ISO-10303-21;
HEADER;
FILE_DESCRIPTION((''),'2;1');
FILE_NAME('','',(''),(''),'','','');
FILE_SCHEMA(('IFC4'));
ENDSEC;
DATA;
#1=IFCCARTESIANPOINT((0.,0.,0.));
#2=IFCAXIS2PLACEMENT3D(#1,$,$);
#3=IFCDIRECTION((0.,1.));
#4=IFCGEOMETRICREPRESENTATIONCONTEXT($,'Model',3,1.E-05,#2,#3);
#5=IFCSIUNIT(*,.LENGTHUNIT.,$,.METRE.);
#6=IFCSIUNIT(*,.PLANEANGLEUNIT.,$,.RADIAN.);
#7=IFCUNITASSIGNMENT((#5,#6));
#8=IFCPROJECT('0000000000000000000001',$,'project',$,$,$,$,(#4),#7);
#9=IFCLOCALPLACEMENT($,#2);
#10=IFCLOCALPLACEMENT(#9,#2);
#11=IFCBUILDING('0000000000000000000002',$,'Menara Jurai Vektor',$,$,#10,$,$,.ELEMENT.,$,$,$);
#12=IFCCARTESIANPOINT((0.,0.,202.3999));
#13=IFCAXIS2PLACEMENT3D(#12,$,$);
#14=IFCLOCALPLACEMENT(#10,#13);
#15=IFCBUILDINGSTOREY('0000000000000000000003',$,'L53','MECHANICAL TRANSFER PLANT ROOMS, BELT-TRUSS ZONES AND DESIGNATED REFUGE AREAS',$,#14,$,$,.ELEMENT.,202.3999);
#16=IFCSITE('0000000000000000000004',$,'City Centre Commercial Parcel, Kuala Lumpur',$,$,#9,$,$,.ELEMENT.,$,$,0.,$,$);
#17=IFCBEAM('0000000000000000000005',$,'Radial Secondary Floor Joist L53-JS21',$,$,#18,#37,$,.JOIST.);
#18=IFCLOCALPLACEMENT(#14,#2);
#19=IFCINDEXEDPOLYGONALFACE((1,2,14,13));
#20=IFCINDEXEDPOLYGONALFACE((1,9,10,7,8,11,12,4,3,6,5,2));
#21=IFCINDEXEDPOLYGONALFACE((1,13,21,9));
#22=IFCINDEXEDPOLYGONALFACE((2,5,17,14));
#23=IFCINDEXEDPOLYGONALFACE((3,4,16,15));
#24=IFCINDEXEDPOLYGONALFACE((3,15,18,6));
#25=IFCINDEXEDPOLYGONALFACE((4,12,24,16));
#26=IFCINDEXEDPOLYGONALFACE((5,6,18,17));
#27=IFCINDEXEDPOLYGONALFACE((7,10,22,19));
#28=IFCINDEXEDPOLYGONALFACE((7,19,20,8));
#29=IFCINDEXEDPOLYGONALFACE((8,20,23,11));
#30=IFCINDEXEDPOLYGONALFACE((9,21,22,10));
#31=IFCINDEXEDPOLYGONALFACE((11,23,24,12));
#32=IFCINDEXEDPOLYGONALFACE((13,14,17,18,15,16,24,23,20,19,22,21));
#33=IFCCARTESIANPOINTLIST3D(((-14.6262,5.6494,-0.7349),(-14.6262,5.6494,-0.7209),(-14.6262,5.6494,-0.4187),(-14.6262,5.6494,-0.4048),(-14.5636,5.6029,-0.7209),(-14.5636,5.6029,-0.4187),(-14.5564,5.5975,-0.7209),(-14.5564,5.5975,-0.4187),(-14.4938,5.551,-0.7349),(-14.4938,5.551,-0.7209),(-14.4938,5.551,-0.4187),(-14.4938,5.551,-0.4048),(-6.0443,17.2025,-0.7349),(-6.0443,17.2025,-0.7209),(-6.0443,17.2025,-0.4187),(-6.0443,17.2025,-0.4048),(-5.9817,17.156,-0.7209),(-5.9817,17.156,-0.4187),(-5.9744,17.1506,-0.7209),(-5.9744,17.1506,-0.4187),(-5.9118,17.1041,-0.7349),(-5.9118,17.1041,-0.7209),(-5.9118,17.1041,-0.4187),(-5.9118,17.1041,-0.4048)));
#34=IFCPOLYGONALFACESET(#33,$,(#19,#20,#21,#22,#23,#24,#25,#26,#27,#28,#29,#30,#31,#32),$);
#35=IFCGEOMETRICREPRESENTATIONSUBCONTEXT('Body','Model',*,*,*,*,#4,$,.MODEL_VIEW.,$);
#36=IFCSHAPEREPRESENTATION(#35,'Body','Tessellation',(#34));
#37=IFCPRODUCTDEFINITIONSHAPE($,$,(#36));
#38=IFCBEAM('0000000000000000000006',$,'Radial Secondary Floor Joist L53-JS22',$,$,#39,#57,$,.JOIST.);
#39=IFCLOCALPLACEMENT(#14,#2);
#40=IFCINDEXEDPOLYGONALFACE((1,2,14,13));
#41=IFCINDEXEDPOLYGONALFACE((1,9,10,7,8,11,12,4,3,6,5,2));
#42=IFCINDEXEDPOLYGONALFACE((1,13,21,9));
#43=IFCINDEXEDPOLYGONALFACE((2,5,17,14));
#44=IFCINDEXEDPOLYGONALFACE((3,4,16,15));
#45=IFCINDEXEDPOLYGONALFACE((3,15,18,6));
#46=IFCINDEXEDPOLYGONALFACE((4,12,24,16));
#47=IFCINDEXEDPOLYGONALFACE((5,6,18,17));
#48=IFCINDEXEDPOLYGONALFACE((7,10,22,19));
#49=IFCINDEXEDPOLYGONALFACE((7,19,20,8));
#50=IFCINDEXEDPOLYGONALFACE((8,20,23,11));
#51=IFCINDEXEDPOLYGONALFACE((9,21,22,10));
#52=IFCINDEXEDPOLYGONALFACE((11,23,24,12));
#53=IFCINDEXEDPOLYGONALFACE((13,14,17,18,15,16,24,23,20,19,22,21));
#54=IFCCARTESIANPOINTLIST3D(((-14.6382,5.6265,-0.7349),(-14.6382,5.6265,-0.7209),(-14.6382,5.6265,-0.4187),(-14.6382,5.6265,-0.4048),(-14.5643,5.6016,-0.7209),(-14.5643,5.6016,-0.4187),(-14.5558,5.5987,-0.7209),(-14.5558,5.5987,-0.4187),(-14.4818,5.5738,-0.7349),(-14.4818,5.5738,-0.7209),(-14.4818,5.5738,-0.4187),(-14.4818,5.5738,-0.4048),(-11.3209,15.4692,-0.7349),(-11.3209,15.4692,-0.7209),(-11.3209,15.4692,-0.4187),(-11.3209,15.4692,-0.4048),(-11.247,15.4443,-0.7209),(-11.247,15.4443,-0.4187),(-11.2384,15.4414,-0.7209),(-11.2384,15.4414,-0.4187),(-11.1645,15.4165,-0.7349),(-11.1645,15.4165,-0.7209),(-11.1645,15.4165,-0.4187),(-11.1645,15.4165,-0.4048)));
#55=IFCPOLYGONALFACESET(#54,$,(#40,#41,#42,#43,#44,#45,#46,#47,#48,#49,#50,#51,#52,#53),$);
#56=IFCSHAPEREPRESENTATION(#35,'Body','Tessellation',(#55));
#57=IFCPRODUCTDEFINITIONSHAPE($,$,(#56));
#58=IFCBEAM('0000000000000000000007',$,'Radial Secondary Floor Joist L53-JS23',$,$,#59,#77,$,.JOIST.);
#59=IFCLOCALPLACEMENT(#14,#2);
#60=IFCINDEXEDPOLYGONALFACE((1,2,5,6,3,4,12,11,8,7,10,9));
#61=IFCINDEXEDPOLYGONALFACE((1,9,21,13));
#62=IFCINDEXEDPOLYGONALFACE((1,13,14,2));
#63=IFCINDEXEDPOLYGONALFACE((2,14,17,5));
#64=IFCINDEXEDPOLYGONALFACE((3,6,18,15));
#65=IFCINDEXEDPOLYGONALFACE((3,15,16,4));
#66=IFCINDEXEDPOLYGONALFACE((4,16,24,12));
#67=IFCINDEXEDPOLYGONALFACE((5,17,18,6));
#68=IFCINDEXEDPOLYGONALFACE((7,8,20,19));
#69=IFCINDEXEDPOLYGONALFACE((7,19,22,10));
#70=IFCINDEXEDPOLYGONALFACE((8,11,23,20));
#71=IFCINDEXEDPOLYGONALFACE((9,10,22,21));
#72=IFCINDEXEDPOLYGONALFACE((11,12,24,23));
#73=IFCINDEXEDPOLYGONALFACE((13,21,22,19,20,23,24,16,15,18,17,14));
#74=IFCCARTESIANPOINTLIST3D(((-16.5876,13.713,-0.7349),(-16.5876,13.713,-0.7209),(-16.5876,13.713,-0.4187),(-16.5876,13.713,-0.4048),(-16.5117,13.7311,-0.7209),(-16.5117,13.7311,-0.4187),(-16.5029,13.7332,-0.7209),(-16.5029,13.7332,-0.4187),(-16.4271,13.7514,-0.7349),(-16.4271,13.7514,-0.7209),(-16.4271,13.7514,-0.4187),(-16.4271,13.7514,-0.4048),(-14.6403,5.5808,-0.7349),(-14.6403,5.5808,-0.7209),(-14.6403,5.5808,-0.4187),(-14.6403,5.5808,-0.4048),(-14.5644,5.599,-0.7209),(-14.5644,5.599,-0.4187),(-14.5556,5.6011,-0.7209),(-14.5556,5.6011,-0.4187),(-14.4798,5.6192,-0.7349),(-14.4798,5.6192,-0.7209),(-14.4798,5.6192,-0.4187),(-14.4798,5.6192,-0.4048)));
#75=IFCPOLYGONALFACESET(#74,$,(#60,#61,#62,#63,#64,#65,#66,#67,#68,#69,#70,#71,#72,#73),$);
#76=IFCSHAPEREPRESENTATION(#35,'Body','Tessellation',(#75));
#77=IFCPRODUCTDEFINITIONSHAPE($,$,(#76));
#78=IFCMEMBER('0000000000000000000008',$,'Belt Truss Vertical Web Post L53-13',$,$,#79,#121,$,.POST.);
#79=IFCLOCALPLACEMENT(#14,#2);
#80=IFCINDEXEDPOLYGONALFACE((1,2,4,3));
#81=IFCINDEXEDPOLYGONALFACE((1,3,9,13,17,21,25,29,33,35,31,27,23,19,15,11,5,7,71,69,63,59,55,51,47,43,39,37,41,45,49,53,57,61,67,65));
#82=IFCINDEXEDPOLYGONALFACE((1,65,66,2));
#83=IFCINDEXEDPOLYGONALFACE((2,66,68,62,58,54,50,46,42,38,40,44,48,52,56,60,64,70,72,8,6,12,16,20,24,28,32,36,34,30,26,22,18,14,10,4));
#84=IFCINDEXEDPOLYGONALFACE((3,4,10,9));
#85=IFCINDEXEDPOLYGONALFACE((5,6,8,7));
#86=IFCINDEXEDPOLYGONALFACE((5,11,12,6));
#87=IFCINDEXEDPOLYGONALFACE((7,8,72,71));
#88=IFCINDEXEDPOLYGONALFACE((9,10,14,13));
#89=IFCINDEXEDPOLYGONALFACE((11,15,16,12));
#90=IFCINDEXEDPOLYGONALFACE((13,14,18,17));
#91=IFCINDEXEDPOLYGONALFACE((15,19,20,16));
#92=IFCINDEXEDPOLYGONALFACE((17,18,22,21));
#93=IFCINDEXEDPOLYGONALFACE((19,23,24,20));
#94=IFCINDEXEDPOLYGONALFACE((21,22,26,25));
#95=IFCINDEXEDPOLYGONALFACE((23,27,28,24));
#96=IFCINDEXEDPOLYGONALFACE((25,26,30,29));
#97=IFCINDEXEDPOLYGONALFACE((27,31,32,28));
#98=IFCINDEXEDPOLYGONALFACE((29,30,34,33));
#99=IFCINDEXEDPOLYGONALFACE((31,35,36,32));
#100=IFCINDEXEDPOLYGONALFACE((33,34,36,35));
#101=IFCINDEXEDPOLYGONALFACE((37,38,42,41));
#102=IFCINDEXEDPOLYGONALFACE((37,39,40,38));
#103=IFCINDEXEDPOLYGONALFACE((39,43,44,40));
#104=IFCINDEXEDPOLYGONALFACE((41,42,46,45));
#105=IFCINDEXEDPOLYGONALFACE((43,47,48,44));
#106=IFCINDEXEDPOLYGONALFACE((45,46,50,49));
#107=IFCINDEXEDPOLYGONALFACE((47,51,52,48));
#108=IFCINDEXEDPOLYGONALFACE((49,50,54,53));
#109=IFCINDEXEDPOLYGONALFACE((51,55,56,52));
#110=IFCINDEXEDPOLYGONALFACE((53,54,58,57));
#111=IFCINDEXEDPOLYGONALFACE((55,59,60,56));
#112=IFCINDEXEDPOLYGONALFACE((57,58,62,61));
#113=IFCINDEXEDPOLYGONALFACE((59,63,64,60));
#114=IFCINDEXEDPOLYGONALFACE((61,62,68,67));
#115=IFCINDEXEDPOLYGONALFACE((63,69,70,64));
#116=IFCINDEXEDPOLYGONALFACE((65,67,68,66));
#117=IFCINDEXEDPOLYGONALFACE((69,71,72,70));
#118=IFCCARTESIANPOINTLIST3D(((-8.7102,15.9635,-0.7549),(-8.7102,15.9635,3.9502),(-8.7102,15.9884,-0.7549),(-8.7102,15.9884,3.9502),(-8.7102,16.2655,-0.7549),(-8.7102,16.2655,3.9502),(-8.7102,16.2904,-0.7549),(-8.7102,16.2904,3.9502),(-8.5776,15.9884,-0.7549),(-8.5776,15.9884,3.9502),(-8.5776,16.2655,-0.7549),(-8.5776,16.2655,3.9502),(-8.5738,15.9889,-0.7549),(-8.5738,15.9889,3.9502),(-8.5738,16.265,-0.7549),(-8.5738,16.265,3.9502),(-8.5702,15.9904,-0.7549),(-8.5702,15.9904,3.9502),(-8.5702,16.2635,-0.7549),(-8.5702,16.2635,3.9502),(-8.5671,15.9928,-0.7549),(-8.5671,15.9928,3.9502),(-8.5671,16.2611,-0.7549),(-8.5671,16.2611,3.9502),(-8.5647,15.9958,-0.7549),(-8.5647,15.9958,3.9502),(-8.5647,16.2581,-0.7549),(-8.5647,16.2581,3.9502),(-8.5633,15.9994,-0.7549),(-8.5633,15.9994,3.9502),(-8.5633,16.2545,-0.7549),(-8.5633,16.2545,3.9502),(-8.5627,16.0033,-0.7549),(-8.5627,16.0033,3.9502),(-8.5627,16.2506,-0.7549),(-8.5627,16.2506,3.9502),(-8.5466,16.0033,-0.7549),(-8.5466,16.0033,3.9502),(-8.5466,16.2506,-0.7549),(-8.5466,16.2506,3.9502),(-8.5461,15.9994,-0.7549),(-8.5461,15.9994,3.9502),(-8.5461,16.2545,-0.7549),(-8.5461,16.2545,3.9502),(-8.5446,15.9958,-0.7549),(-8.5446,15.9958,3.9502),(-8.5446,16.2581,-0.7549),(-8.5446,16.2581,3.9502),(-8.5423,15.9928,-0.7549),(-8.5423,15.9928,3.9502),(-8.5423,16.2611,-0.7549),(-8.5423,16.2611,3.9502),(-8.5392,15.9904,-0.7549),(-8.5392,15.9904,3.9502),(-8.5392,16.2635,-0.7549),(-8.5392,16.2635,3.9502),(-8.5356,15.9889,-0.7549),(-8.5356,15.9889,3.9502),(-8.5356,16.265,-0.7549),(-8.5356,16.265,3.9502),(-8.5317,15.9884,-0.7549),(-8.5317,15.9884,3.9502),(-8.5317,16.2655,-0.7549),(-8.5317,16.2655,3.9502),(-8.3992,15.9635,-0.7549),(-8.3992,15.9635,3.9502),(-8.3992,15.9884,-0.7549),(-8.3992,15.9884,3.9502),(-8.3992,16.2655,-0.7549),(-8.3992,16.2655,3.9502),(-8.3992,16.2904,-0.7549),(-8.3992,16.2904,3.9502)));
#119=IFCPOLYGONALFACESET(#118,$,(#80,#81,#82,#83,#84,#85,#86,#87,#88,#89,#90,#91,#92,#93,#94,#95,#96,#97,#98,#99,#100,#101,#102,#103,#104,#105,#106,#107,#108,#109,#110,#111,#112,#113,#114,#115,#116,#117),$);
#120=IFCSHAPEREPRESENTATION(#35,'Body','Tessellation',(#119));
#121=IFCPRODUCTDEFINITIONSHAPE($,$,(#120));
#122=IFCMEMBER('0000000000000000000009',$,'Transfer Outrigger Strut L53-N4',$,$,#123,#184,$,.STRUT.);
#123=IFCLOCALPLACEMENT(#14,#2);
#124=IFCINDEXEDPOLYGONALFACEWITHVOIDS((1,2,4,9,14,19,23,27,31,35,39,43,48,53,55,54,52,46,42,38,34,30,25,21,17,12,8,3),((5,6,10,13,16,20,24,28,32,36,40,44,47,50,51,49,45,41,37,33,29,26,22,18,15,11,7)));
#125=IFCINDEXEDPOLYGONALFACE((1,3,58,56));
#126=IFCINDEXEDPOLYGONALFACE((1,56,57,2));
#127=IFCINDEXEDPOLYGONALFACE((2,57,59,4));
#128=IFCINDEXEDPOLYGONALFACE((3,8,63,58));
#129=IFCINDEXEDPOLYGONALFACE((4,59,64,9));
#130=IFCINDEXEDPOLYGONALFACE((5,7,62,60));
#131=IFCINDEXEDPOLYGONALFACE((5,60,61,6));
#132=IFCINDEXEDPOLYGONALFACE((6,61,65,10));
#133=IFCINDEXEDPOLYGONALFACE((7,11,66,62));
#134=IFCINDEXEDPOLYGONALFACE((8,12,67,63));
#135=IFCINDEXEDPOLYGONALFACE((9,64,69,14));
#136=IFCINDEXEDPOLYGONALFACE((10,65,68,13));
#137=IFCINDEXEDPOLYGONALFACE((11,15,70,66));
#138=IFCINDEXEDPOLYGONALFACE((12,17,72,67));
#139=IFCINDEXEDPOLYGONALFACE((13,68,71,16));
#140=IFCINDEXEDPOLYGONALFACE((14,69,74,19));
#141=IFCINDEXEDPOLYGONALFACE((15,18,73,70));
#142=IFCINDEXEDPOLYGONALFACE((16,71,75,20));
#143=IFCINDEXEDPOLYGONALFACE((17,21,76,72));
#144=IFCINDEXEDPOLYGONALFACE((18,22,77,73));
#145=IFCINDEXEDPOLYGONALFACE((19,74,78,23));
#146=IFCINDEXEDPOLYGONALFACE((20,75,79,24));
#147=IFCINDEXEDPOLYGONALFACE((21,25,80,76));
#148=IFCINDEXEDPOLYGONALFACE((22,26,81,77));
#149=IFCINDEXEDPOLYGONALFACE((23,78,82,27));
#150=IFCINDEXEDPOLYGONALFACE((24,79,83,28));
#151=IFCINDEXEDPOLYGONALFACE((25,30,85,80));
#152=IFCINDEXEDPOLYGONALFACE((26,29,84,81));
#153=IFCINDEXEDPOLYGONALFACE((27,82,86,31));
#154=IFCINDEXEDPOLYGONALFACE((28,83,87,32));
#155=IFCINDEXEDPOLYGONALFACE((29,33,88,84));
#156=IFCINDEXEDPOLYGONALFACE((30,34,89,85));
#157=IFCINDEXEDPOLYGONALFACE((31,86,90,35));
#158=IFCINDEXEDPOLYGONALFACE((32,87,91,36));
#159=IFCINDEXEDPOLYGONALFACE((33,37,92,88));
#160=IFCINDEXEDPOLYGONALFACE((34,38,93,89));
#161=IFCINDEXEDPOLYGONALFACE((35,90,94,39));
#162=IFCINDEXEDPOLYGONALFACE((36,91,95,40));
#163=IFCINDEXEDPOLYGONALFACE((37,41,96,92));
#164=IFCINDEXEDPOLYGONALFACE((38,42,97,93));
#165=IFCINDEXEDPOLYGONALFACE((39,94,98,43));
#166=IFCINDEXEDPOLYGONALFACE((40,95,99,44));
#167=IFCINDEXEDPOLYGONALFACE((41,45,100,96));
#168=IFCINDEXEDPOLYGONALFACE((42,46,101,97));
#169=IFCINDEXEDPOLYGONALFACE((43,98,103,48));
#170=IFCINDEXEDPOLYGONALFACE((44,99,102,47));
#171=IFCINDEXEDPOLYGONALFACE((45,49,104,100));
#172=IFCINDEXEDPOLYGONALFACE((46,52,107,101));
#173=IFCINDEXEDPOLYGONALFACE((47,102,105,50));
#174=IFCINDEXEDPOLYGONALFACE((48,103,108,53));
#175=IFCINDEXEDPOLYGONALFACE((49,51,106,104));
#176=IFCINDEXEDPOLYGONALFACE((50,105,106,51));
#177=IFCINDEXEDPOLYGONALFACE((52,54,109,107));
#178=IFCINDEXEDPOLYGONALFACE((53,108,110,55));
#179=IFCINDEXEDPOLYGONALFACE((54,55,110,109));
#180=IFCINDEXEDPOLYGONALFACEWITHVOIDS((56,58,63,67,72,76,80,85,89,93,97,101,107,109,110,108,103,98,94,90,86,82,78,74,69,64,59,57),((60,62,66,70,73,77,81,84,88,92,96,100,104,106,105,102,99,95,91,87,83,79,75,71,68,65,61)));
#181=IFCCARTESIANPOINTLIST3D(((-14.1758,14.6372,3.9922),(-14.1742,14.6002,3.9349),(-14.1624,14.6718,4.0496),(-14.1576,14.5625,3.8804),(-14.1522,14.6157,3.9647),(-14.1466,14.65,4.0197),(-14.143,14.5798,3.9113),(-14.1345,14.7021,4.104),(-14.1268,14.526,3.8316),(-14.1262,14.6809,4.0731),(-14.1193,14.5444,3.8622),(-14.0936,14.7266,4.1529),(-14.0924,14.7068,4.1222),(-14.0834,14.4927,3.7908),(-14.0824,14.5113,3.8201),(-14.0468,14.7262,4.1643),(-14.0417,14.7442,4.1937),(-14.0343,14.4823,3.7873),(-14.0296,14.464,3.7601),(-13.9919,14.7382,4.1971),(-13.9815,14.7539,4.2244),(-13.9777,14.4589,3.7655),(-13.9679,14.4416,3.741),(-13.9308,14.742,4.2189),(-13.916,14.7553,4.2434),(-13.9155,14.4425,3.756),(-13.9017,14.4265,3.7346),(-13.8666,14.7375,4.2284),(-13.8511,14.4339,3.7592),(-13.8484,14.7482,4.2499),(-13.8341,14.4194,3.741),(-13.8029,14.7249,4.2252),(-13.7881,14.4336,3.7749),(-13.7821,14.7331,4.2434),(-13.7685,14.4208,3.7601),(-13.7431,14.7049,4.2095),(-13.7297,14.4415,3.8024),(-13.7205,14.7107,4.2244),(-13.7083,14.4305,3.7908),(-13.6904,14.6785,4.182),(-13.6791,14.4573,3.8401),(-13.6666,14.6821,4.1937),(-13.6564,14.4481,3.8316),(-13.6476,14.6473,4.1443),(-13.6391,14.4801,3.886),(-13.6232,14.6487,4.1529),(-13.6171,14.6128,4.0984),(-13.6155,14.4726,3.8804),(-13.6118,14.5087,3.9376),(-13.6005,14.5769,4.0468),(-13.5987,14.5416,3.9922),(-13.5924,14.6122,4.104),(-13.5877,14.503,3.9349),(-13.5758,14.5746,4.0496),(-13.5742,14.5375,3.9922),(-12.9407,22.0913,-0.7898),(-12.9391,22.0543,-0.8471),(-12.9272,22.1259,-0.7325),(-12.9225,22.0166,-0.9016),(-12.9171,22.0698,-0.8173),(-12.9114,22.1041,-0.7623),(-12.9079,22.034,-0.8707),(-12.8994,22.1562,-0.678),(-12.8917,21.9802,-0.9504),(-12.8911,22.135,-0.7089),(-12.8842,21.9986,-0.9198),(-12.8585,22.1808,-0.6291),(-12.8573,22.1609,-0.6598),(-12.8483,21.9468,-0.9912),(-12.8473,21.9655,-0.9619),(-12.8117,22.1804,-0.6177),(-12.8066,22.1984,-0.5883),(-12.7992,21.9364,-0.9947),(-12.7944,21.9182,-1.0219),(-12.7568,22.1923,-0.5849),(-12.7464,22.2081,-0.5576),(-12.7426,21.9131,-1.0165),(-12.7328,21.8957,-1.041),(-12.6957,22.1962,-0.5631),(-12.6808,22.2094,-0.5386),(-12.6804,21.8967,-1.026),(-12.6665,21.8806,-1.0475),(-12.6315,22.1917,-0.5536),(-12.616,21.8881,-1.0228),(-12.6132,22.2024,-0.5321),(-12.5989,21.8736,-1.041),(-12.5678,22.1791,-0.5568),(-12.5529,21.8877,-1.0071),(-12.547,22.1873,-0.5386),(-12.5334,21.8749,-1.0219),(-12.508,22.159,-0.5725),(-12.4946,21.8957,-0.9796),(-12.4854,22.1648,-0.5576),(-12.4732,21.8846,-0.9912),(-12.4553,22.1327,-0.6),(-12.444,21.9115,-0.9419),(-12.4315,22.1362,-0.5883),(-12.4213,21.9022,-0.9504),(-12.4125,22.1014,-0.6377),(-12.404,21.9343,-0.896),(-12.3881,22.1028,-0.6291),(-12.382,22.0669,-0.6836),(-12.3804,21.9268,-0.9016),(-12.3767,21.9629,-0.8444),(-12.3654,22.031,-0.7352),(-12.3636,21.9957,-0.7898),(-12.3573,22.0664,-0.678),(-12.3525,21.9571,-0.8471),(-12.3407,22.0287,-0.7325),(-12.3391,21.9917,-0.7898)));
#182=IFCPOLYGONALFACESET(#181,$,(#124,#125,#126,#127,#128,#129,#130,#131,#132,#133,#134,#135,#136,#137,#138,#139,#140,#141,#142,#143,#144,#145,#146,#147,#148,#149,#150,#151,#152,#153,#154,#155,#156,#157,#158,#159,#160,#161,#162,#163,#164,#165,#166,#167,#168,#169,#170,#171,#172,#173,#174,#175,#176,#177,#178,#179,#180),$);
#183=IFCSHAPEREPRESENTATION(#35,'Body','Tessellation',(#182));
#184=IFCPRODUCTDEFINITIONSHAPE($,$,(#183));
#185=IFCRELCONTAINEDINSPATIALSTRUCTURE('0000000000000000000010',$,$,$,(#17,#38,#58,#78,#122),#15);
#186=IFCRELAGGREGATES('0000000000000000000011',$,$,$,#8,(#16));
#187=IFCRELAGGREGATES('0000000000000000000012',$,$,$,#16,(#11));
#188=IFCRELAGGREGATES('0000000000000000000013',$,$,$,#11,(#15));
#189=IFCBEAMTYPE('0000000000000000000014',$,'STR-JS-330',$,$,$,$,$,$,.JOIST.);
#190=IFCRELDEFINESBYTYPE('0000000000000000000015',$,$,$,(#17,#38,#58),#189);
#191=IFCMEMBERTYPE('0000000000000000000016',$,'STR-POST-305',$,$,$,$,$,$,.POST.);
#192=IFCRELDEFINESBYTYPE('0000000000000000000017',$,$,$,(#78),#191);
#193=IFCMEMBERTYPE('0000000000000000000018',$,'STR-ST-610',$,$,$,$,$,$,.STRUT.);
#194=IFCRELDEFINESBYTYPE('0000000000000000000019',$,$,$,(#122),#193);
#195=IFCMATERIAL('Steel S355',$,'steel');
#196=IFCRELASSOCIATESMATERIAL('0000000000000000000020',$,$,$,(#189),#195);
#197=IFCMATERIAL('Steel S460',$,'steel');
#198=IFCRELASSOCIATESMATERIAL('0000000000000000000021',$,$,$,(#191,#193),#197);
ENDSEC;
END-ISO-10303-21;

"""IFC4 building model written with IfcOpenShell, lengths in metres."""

from ifc_helpers import new_model, si_unit, direction, frame, origin, origin_2d, place, context, subcontext, project, spatial, hollow_circle, i_section, extrude, material, material_profile, profile_set, type_object, element, save


model = new_model("IFC4")

# Units and contexts
model_context = context("Model", 3, precision=1e-05, world=origin(), true_north=direction((0.0, 1.0)))
body_context = subcontext(model_context, "Body", "Model", "MODEL_VIEW")
ifc_project = project(units=[si_unit("LENGTHUNIT", "METRE"), si_unit("PLANEANGLEUNIT", "RADIAN")], contexts=[model_context])

# Site, building, storey
site_placement = place(None, origin())
site = spatial("IfcSite", under=ifc_project, at=site_placement, Name="City Centre Commercial Parcel, Kuala Lumpur", CompositionType="ELEMENT", RefElevation=0.0)
building_placement = place(site_placement, origin())
building = spatial("IfcBuilding", under=site, at=building_placement, Name="Menara Jurai Vektor", CompositionType="ELEMENT")
storey_placement = place(building_placement, frame((0.0, 0.0, 202.3999)))
storey = spatial("IfcBuildingStorey", under=building, at=storey_placement, Name="L53", Description="MECHANICAL TRANSFER PLANT ROOMS, BELT-TRUSS ZONES AND DESIGNATED REFUGE AREAS", CompositionType="ELEMENT", Elevation=202.3999)

# Shared definitions
ifc_material_1 = material(Name="Steel S355", Category="steel")
ifc_material_2 = material(Name="Steel S460", Category="steel")

# Beams
ifc_material_profile_1 = material_profile(ifc_material_1, i_section(OverallWidth=0.165, OverallDepth=0.3301, WebThickness=0.009, FlangeThickness=0.0139, at=origin_2d()), Name="PG 330x165x46")
ifc_profile_set_1 = profile_set([ifc_material_profile_1], Name="Steel S355")
beam_type_1 = type_object("IfcBeamType", Name="STR-JS-330", PredefinedType="JOIST", material=ifc_profile_set_1)
beam_1_placement = place(storey_placement, frame((-5.978, 17.1533, -0.5698), z_axis=(-0.596308, -0.802756, 0.0), x_axis=(0.802756, -0.596308, 0.0)))
element("IfcBeam", 1, at=beam_1_placement, inside=storey, type_object=beam_type_1, Name="Radial Secondary Floor Joist L53-JS21", PredefinedType="JOIST", context=body_context, shape_type="SweptSolid", body=[
    extrude(i_section(OverallWidth=0.165, OverallDepth=0.3301, WebThickness=0.009, FlangeThickness=0.0139, at=origin_2d()), origin(), (0.0, 0.0, 1.0), 14.3918),
])
beam_2_placement = place(storey_placement, frame((-11.2427, 15.4429, -0.5698), z_axis=(-0.319385, -0.947625, 0.0), x_axis=(0.947625, -0.319385, 0.0)))
element("IfcBeam", 2, at=beam_2_placement, inside=storey, type_object=beam_type_1, Name="Radial Secondary Floor Joist L53-JS22", PredefinedType="JOIST", context=body_context, shape_type="SweptSolid", body=[
    extrude(i_section(OverallWidth=0.165, OverallDepth=0.3301, WebThickness=0.009, FlangeThickness=0.0139, at=origin_2d()), origin(), (0.0, 0.0, 1.0), 10.3867),
])
beam_3_placement = place(storey_placement, frame((-16.5073, 13.7322, -0.5698), z_axis=(0.232872, -0.972507, 0.0), x_axis=(0.972507, 0.232872, 0.0)))
element("IfcBeam", 3, at=beam_3_placement, inside=storey, type_object=beam_type_1, Name="Radial Secondary Floor Joist L53-JS23", PredefinedType="JOIST", context=body_context, shape_type="SweptSolid", body=[
    extrude(i_section(OverallWidth=0.165, OverallDepth=0.3301, WebThickness=0.009, FlangeThickness=0.0139, at=origin_2d()), origin(), (0.0, 0.0, 1.0), 8.3621),
])

# Members
ifc_material_profile_2 = material_profile(ifc_material_2, i_section(OverallWidth=0.311, OverallDepth=0.3269, WebThickness=0.0161, FlangeThickness=0.0249, FilletRadius=0.0149, at=origin_2d()), Name="UKC 305x305x158")
ifc_profile_set_2 = profile_set([ifc_material_profile_2], Name="Steel S460")
member_type_1 = type_object("IfcMemberType", Name="STR-POST-305", PredefinedType="POST", material=ifc_profile_set_2)
member_1_placement = place(storey_placement, frame((-8.5547, 16.127, -0.7549), z_axis=(0.0, 0.0, 1.0), x_axis=(1.0, 0.0, 0.0)))
element("IfcMember", 4, at=member_1_placement, inside=storey, type_object=member_type_1, Name="Belt Truss Vertical Web Post L53-13", PredefinedType="POST", context=body_context, shape_type="SweptSolid", body=[
    extrude(i_section(OverallWidth=0.311, OverallDepth=0.3269, WebThickness=0.0161, FlangeThickness=0.0249, FilletRadius=0.0149, at=origin_2d()), origin(), (0.0, 0.0, 1.0), 4.7051),
])
ifc_material_profile_3 = material_profile(ifc_material_2, hollow_circle(Radius=0.3049, WallThickness=0.0249, at=origin_2d()), Name="CHS 610x25")
ifc_profile_set_3 = profile_set([ifc_material_profile_3], Name="Steel S460")
member_type_2 = type_object("IfcMemberType", Name="STR-ST-610", PredefinedType="STRUT", material=ifc_profile_set_3)
member_2_placement = place(storey_placement, frame((-12.6399, 22.0415, -0.7898), z_axis=(-0.138127, -0.833621, 0.534787), x_axis=(0.986549, -0.163466, 0.0)))
element("IfcMember", 5, at=member_2_placement, inside=storey, type_object=member_type_2, Name="Transfer Outrigger Strut L53-N4", PredefinedType="STRUT", context=body_context, shape_type="SweptSolid", body=[
    extrude(hollow_circle(Radius=0.3049, WallThickness=0.0249, at=origin_2d()), origin(), (0.0, 0.0, 1.0), 8.9419),
])

save(model, "model.ifc")
